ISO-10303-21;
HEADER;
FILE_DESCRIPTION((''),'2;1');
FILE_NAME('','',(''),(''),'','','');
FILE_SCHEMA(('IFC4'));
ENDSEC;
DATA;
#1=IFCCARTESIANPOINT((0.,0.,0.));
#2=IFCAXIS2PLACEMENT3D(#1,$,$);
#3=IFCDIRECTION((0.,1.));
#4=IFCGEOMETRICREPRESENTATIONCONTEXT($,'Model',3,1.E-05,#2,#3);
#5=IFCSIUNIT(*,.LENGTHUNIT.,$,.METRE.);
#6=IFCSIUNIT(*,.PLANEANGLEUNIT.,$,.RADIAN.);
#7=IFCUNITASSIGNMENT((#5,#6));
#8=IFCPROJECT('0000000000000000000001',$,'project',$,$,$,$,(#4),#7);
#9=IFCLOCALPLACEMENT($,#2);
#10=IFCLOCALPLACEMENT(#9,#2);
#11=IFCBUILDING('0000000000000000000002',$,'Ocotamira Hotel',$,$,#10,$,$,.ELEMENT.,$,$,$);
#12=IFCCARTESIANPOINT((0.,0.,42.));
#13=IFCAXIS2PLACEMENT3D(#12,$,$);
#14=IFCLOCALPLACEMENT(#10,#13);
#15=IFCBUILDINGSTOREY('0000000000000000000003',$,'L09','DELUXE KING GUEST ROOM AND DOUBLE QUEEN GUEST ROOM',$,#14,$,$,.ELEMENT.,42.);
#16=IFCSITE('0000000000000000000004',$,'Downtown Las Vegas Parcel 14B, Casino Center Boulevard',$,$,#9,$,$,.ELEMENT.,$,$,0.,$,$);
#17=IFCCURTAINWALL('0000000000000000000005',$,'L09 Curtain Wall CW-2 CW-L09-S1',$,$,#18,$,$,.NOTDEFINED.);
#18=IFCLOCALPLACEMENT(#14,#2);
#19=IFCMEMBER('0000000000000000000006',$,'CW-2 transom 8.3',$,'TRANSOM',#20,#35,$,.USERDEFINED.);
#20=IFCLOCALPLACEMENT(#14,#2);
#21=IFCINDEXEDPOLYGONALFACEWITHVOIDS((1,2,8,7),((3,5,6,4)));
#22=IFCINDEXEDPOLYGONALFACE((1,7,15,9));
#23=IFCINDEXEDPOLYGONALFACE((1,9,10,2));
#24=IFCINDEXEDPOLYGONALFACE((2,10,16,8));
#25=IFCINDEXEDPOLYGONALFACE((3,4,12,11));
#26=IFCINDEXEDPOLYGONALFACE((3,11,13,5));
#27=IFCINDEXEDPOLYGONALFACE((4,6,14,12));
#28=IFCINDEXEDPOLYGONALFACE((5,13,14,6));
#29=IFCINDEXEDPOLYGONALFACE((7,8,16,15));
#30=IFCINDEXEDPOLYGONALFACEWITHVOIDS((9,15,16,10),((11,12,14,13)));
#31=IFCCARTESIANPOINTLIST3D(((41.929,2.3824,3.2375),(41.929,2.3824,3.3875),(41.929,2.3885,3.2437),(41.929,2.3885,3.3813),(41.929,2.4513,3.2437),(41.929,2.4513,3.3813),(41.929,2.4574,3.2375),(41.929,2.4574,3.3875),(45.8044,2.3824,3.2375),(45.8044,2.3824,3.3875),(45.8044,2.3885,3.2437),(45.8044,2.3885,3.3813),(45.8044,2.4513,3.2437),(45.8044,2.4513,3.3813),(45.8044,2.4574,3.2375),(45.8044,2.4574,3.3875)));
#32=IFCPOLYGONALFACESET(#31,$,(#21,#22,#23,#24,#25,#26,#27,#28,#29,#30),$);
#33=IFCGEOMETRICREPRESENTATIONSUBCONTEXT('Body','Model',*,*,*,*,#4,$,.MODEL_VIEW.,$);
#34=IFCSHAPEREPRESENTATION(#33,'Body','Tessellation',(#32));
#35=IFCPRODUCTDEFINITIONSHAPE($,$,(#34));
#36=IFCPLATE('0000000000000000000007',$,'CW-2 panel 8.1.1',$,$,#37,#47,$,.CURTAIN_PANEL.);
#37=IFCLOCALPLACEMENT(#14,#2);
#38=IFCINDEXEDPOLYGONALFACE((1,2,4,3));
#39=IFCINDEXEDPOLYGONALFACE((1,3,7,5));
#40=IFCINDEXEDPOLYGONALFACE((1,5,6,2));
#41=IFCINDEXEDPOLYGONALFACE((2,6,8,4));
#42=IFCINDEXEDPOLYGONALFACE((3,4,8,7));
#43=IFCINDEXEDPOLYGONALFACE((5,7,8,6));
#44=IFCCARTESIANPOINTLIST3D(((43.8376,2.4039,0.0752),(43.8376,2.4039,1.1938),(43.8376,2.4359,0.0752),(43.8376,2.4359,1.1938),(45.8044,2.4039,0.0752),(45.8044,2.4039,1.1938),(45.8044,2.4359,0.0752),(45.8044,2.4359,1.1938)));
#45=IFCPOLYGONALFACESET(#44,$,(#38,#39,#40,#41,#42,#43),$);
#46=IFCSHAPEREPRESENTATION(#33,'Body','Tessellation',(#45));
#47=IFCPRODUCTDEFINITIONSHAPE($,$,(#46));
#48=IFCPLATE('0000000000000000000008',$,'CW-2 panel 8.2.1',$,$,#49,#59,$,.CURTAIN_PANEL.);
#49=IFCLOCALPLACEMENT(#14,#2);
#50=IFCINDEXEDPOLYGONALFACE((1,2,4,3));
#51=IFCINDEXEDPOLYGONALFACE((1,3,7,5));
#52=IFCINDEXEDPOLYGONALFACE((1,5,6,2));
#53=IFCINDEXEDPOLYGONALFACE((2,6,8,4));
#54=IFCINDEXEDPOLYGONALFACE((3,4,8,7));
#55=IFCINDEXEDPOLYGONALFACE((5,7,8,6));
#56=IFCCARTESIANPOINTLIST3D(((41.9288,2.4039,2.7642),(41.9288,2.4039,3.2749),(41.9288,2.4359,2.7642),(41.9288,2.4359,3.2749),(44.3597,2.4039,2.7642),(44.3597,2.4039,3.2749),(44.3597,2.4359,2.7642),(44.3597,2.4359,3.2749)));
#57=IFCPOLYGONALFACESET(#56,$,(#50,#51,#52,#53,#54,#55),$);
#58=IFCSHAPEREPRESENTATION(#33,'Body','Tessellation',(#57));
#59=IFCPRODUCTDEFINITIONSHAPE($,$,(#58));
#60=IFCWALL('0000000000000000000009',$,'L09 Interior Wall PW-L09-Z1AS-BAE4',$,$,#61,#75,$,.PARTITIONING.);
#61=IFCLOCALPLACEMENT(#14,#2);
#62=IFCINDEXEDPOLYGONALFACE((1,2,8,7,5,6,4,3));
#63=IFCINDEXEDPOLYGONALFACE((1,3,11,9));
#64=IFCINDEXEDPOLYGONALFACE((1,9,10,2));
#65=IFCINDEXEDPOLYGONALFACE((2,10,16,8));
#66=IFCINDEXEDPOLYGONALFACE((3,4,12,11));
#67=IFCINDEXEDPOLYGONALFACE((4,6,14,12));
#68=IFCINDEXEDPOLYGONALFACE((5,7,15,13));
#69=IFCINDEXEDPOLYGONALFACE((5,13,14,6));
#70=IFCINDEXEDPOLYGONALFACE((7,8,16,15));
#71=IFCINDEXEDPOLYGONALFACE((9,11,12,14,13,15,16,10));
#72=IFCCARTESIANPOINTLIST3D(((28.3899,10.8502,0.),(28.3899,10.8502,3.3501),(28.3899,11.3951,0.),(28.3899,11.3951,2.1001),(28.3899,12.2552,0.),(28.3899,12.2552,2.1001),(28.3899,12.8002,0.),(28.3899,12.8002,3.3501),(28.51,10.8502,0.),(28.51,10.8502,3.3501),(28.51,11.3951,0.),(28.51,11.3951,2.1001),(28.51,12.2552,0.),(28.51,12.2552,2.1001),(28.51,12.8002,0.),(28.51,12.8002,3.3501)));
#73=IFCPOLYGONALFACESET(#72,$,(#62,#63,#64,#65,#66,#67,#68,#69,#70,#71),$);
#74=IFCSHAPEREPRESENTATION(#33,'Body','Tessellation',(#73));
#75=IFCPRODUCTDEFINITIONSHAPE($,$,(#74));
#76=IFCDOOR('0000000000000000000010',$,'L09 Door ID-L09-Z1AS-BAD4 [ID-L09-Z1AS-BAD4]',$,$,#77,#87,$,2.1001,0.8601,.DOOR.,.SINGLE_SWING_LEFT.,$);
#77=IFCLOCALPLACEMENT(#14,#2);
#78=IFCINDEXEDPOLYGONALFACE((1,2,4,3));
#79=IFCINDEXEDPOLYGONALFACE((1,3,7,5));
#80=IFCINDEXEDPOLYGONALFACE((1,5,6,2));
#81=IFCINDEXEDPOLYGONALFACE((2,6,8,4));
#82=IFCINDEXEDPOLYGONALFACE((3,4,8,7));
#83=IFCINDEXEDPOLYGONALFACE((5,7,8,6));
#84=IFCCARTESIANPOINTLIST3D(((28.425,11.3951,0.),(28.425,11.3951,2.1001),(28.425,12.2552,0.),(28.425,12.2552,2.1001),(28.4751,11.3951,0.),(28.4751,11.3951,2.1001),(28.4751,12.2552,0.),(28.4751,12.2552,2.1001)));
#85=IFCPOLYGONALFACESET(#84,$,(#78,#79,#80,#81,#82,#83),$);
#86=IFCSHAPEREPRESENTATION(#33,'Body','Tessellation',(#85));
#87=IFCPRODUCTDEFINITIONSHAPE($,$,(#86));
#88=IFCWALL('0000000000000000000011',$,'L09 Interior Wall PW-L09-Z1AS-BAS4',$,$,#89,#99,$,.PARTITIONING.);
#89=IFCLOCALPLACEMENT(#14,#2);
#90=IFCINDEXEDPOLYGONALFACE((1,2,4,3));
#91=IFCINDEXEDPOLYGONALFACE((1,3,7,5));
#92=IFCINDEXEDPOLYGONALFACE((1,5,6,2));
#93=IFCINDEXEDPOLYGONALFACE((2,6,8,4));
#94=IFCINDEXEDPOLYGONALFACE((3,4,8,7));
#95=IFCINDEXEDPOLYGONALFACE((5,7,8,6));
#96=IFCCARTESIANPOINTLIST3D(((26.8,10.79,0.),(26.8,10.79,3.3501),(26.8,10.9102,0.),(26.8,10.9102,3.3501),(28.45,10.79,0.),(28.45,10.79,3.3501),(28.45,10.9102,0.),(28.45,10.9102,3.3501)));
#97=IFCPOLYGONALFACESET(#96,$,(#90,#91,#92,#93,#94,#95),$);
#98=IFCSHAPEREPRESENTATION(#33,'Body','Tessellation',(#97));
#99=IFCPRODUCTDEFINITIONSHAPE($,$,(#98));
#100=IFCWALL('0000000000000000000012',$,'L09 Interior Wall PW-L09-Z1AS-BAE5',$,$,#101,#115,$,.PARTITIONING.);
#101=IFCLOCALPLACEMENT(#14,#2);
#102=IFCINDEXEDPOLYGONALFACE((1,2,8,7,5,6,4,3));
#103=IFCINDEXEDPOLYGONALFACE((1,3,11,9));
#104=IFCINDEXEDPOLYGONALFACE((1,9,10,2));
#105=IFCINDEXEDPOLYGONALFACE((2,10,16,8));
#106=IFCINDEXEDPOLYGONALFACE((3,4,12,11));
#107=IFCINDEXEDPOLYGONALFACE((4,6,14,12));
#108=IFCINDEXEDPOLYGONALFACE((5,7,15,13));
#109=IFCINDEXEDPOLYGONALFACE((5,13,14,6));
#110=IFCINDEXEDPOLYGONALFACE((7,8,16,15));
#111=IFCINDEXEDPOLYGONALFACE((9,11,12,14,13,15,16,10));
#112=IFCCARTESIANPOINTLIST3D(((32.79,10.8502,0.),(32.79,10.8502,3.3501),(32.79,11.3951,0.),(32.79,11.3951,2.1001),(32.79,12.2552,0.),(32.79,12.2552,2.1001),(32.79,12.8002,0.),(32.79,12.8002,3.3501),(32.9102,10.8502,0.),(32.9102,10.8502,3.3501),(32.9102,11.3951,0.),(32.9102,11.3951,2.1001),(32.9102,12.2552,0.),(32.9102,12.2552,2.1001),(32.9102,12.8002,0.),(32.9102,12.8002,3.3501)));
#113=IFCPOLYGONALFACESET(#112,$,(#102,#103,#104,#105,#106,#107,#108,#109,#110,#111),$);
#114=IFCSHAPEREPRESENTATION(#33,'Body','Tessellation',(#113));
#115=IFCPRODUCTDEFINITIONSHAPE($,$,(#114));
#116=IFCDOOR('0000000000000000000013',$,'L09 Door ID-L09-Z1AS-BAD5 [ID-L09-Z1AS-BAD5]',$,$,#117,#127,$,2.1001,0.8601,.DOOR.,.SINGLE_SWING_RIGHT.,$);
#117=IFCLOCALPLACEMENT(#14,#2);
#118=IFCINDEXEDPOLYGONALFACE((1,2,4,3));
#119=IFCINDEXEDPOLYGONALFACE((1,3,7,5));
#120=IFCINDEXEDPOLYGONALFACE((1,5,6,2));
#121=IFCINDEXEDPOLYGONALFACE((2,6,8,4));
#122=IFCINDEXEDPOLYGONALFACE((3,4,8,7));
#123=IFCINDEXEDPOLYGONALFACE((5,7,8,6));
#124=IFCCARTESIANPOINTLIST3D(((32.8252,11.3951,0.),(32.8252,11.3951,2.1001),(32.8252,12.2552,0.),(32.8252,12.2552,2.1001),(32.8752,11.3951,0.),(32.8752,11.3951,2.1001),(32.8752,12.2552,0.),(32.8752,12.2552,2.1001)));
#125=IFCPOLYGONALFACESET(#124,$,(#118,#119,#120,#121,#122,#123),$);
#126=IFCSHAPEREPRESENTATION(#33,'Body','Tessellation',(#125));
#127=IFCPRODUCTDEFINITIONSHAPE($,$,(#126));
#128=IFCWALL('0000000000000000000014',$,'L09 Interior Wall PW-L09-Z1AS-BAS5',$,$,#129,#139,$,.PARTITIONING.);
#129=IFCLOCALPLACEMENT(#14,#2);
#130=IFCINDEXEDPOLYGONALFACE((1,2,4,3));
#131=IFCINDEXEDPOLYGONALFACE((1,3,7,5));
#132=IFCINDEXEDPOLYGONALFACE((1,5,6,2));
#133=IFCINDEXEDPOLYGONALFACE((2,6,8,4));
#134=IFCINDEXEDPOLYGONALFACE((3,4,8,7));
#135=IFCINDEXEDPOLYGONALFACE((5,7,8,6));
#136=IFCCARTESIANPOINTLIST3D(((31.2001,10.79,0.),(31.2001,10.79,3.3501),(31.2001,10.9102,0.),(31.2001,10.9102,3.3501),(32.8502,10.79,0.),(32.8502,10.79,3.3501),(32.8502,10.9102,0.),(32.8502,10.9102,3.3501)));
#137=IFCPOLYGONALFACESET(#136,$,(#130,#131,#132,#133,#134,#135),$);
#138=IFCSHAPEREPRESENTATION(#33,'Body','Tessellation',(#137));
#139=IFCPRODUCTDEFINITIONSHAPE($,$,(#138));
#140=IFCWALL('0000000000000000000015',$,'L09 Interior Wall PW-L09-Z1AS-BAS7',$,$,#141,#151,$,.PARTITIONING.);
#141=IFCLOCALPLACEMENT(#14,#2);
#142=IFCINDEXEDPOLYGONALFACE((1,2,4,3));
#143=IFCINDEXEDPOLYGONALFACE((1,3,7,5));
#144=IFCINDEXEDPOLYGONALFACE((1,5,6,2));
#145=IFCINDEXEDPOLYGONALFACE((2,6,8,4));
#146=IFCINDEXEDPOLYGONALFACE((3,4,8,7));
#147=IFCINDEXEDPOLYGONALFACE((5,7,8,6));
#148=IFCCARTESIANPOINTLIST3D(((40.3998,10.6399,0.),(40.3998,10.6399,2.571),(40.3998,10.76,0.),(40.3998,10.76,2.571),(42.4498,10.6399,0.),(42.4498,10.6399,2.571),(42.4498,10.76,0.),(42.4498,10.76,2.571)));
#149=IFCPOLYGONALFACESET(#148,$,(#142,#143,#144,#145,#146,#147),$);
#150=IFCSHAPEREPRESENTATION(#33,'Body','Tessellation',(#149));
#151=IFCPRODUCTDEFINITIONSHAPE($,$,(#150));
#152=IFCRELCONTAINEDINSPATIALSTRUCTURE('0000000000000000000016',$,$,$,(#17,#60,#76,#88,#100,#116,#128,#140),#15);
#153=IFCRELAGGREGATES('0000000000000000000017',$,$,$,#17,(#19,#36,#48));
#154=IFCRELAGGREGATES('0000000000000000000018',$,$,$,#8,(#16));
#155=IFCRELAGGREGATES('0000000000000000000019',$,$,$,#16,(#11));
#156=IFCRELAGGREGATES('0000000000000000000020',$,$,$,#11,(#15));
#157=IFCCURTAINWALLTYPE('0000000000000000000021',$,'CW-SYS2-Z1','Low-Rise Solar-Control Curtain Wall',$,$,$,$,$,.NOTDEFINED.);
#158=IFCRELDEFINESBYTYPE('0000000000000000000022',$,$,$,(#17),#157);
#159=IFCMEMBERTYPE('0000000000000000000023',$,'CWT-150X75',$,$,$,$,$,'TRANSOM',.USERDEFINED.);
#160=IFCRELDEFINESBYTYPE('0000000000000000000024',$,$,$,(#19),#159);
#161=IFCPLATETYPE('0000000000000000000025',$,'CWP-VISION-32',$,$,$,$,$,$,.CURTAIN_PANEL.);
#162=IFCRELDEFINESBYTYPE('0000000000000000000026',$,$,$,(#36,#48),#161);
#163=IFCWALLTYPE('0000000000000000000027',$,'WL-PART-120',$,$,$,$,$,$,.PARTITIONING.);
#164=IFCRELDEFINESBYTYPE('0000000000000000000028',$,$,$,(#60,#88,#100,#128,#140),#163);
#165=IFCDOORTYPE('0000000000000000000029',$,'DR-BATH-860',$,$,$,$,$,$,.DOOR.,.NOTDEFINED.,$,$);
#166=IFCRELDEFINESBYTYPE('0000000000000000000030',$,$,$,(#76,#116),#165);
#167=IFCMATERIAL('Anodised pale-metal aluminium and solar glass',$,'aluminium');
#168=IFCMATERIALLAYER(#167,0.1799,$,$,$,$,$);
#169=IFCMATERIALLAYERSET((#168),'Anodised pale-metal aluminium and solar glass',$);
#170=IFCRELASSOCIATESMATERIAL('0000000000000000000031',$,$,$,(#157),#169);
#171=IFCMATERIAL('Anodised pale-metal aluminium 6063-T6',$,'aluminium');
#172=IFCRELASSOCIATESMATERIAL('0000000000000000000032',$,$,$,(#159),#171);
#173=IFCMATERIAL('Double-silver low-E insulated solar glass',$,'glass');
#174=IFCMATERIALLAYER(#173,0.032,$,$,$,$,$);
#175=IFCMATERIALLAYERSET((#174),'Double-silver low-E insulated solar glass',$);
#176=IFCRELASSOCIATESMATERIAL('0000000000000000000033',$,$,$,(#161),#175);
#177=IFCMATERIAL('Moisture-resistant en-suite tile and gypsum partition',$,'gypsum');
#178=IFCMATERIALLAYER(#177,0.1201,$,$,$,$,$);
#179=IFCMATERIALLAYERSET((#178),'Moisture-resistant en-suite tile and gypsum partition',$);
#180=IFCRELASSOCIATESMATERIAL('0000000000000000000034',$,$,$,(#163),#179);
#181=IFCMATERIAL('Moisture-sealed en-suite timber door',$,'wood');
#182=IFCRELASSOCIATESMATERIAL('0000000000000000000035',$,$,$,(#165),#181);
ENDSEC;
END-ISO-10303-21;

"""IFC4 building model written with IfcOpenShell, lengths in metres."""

from ifc_helpers import new_model, si_unit, direction, frame, frame_2d, origin, origin_2d, place, context, subcontext, project, spatial, rectangle, hollow_rectangle, extrude, source, transform, mapped, material, layer, layer_set, material_profile, profile_set, type_object, element, fill, aggregate, save


model = new_model("IFC4")

# Units and contexts
model_context = context("Model", 3, precision=1e-05, world=origin(), true_north=direction((0.0, 1.0)))
body_context = subcontext(model_context, "Body", "Model", "MODEL_VIEW")
ifc_project = project(units=[si_unit("LENGTHUNIT", "METRE"), si_unit("PLANEANGLEUNIT", "RADIAN")], contexts=[model_context])

# Site, building, storey
site_placement = place(None, origin())
site = spatial("IfcSite", under=ifc_project, at=site_placement, Name="Downtown Las Vegas Parcel 14B, Casino Center Boulevard", CompositionType="ELEMENT", RefElevation=0.0)
building_placement = place(site_placement, origin())
building = spatial("IfcBuilding", under=site, at=building_placement, Name="Ocotamira Hotel", CompositionType="ELEMENT")
storey_placement = place(building_placement, frame((0.0, 0.0, 42.0)))
storey = spatial("IfcBuildingStorey", under=building, at=storey_placement, Name="L09", Description="DELUXE KING GUEST ROOM AND DOUBLE QUEEN GUEST ROOM", CompositionType="ELEMENT", Elevation=42.0)

# Curtain wall, member, plates
ifc_material_1 = material(Name="Anodised pale-metal aluminium and solar glass", Category="aluminium")
ifc_layer_1 = layer(ifc_material_1, 0.1799)
ifc_layer_set_1 = layer_set([ifc_layer_1], Name="Anodised pale-metal aluminium and solar glass")
curtain_wall_type = type_object("IfcCurtainWallType", Name="CW-SYS2-Z1", Description="Low-Rise Solar-Control Curtain Wall", PredefinedType="NOTDEFINED", material=ifc_layer_set_1)
curtain_wall_placement = place(storey_placement, origin())
curtain_wall = element("IfcCurtainWall", 1, at=curtain_wall_placement, inside=storey, type_object=curtain_wall_type, Name="L09 Curtain Wall CW-2 CW-L09-S1", PredefinedType="NOTDEFINED")
ifc_material_2 = material(Name="Anodised pale-metal aluminium 6063-T6", Category="aluminium")
ifc_material_profile_1 = material_profile(ifc_material_2, hollow_rectangle(XDim=0.075, YDim=0.1499, WallThickness=0.0061, at=origin_2d()), Name="HSS150X75X6")
ifc_profile_set_1 = profile_set([ifc_material_profile_1], Name="Anodised pale-metal aluminium 6063-T6")
member_type = type_object("IfcMemberType", Name="CWT-150X75", ElementType="TRANSOM", PredefinedType="USERDEFINED", material=ifc_profile_set_1)
shared_shape_1 = source(origin(), body_context, "Body", "SweptSolid", [
    extrude(hollow_rectangle(XDim=0.075, YDim=0.1499, WallThickness=0.0061, at=origin_2d()), origin(), (0.0, 0.0, 1.0), 3.8755),
])
member_1_placement = place(storey_placement, frame((41.929, 2.4199, 3.3125), z_axis=(1.0, 0.0, 0.0), x_axis=(0.0, 1.0, 0.0)))
member_1 = element("IfcMember", 2, at=member_1_placement, type_object=member_type, Name="CW-2 transom 8.3", ObjectType="TRANSOM", PredefinedType="USERDEFINED", context=body_context, shape_type="MappedRepresentation", body=[
    mapped(shared_shape_1, transform((0.0, 0.0, 0.0), scale=1.0)),
])
ifc_material_3 = material(Name="Double-silver low-E insulated solar glass", Category="glass")
ifc_layer_2 = layer(ifc_material_3, 0.032)
ifc_layer_set_2 = layer_set([ifc_layer_2], Name="Double-silver low-E insulated solar glass")
plate_type = type_object("IfcPlateType", Name="CWP-VISION-32", PredefinedType="CURTAIN_PANEL", material=ifc_layer_set_2)
shared_shape_2 = source(origin(), body_context, "Body", "SweptSolid", [
    extrude(rectangle(XDim=1.9668, YDim=0.032, at=origin_2d()), origin(), (0.0, 0.0, 1.0), 1.1187),
])
plate_1_placement = place(storey_placement, frame((44.821, 2.4199, 0.0752), z_axis=(0.0, 0.0, 1.0), x_axis=(1.0, 0.0, 0.0)))
plate_1 = element("IfcPlate", 3, at=plate_1_placement, type_object=plate_type, Name="CW-2 panel 8.1.1", PredefinedType="CURTAIN_PANEL", context=body_context, shape_type="MappedRepresentation", body=[
    mapped(shared_shape_2, transform((0.0, 0.0, 0.0), scale=1.0)),
])
shared_shape_3 = source(origin(), body_context, "Body", "SweptSolid", [
    extrude(rectangle(XDim=2.4309, YDim=0.032, at=origin_2d()), origin(), (0.0, 0.0, 1.0), 0.5107),
])
plate_2_placement = place(storey_placement, frame((43.1443, 2.4199, 2.7642), z_axis=(0.0, 0.0, 1.0), x_axis=(1.0, 0.0, 0.0)))
plate_2 = element("IfcPlate", 4, at=plate_2_placement, type_object=plate_type, Name="CW-2 panel 8.2.1", PredefinedType="CURTAIN_PANEL", context=body_context, shape_type="MappedRepresentation", body=[
    mapped(shared_shape_3, transform((0.0, 0.0, 0.0), scale=1.0)),
])
aggregate(curtain_wall, [member_1, plate_1, plate_2])

# Wall, opening, door
ifc_material_4 = material(Name="Moisture-resistant en-suite tile and gypsum partition", Category="gypsum")
ifc_layer_3 = layer(ifc_material_4, 0.1201)
ifc_layer_set_3 = layer_set([ifc_layer_3], Name="Moisture-resistant en-suite tile and gypsum partition")
wall_type = type_object("IfcWallType", Name="WL-PART-120", PredefinedType="PARTITIONING", material=ifc_layer_set_3)
wall_1_placement = place(storey_placement, frame((28.45, 10.8501, 0.0), z_axis=(0.0, 0.0, 1.0), x_axis=(0.0, 1.0, 0.0)))
wall_1 = element("IfcWall", 5, at=wall_1_placement, inside=storey, type_object=wall_type, Name="L09 Interior Wall PW-L09-Z1AS-BAE4", PredefinedType="PARTITIONING", context=body_context, shape_type="SweptSolid", body=[
    extrude(rectangle(XDim=1.95, YDim=0.1201, at=frame_2d((0.9751, 0.0))), origin(), (0.0, 0.0, 1.0), 3.3501),
])
opening_1_placement = place(wall_1_placement, frame((0.5449, 0.0, 0.0)))
opening_1 = element("IfcOpeningElement", 6, at=opening_1_placement, cuts=wall_1, PredefinedType="OPENING", context=body_context, shape_type="SweptSolid", body=[
    extrude(rectangle(XDim=0.8601, YDim=2.1001, at=frame_2d((0.4302, 1.05))), frame((0.0, 0.0701, 0.0), z_axis=(0.0, -1.0, 0.0), x_axis=(1.0, 0.0, 0.0)), (0.0, 0.0, 1.0), 0.1401),
])
ifc_material_5 = material(Name="Moisture-sealed en-suite timber door", Category="wood")
door_type_1 = type_object("IfcDoorType", Name="DR-BATH-860", OperationType="NOTDEFINED", PredefinedType="DOOR", material=ifc_material_5)
shared_shape_4 = source(origin(), body_context, "Body", "SweptSolid", [
    extrude(rectangle(XDim=0.8601, YDim=2.1001, at=frame_2d((0.4302, 1.05))), frame((0.0, 0.0249, 0.0), z_axis=(0.0, -1.0, 0.0), x_axis=(1.0, 0.0, 0.0)), (0.0, 0.0, 1.0), 0.05),
])
door_1_placement = place(opening_1_placement, origin())
door_1 = element("IfcDoor", 7, at=door_1_placement, inside=storey, type_object=door_type_1, Name="L09 Door ID-L09-Z1AS-BAD4 [ID-L09-Z1AS-BAD4]", OperationType="SINGLE_SWING_LEFT", OverallHeight=2.1001, OverallWidth=0.8601, PredefinedType="DOOR", context=body_context, shape_type="MappedRepresentation", body=[
    mapped(shared_shape_4, transform((0.0, 0.0, 0.0), scale=1.0)),
])
fill(opening_1, door_1)

# Wall
wall_2_placement = place(storey_placement, frame((26.8, 10.8501, 0.0), z_axis=(0.0, 0.0, 1.0), x_axis=(1.0, 0.0, 0.0)))
element("IfcWall", 8, at=wall_2_placement, inside=storey, type_object=wall_type, Name="L09 Interior Wall PW-L09-Z1AS-BAS4", PredefinedType="PARTITIONING", context=body_context, shape_type="SweptSolid", body=[
    extrude(rectangle(XDim=1.6499, YDim=0.1201, at=frame_2d((0.825, 0.0))), origin(), (0.0, 0.0, 1.0), 3.3501),
])

# Wall, opening, door
wall_3_placement = place(storey_placement, frame((32.8501, 10.8501, 0.0), z_axis=(0.0, 0.0, 1.0), x_axis=(0.0, 1.0, 0.0)))
wall_3 = element("IfcWall", 9, at=wall_3_placement, inside=storey, type_object=wall_type, Name="L09 Interior Wall PW-L09-Z1AS-BAE5", PredefinedType="PARTITIONING", context=body_context, shape_type="SweptSolid", body=[
    extrude(rectangle(XDim=1.95, YDim=0.1201, at=frame_2d((0.9751, 0.0))), origin(), (0.0, 0.0, 1.0), 3.3501),
])
opening_2_placement = place(wall_3_placement, frame((0.5449, 0.0, 0.0)))
opening_2 = element("IfcOpeningElement", 10, at=opening_2_placement, cuts=wall_3, PredefinedType="OPENING", context=body_context, shape_type="SweptSolid", body=[
    extrude(rectangle(XDim=0.8601, YDim=2.1001, at=frame_2d((0.4302, 1.05))), frame((0.0, 0.0701, 0.0), z_axis=(0.0, -1.0, 0.0), x_axis=(1.0, 0.0, 0.0)), (0.0, 0.0, 1.0), 0.1401),
])
door_2_placement = place(opening_2_placement, origin())
door_2 = element("IfcDoor", 11, at=door_2_placement, inside=storey, type_object=door_type_1, Name="L09 Door ID-L09-Z1AS-BAD5 [ID-L09-Z1AS-BAD5]", OperationType="SINGLE_SWING_RIGHT", OverallHeight=2.1001, OverallWidth=0.8601, PredefinedType="DOOR", context=body_context, shape_type="MappedRepresentation", body=[
    mapped(shared_shape_4, transform((0.0, 0.0, 0.0), scale=1.0)),
])
fill(opening_2, door_2)

# Wall
wall_4_placement = place(storey_placement, frame((31.2, 10.8501, 0.0), z_axis=(0.0, 0.0, 1.0), x_axis=(1.0, 0.0, 0.0)))
element("IfcWall", 12, at=wall_4_placement, inside=storey, type_object=wall_type, Name="L09 Interior Wall PW-L09-Z1AS-BAS5", PredefinedType="PARTITIONING", context=body_context, shape_type="SweptSolid", body=[
    extrude(rectangle(XDim=1.6501, YDim=0.1201, at=frame_2d((0.8252, 0.0))), origin(), (0.0, 0.0, 1.0), 3.3501),
])

# Wall
wall_5_placement = place(storey_placement, frame((40.3999, 10.7, 0.0), z_axis=(0.0, 0.0, 1.0), x_axis=(1.0, 0.0, 0.0)))
element("IfcWall", 13, at=wall_5_placement, inside=storey, type_object=wall_type, Name="L09 Interior Wall PW-L09-Z1AS-BAS7", PredefinedType="PARTITIONING", context=body_context, shape_type="SweptSolid", body=[
    extrude(rectangle(XDim=2.05, YDim=0.1201, at=frame_2d((1.0249, 0.0))), origin(), (0.0, 0.0, 1.0), 2.571),
])

save(model, "model.ifc")
